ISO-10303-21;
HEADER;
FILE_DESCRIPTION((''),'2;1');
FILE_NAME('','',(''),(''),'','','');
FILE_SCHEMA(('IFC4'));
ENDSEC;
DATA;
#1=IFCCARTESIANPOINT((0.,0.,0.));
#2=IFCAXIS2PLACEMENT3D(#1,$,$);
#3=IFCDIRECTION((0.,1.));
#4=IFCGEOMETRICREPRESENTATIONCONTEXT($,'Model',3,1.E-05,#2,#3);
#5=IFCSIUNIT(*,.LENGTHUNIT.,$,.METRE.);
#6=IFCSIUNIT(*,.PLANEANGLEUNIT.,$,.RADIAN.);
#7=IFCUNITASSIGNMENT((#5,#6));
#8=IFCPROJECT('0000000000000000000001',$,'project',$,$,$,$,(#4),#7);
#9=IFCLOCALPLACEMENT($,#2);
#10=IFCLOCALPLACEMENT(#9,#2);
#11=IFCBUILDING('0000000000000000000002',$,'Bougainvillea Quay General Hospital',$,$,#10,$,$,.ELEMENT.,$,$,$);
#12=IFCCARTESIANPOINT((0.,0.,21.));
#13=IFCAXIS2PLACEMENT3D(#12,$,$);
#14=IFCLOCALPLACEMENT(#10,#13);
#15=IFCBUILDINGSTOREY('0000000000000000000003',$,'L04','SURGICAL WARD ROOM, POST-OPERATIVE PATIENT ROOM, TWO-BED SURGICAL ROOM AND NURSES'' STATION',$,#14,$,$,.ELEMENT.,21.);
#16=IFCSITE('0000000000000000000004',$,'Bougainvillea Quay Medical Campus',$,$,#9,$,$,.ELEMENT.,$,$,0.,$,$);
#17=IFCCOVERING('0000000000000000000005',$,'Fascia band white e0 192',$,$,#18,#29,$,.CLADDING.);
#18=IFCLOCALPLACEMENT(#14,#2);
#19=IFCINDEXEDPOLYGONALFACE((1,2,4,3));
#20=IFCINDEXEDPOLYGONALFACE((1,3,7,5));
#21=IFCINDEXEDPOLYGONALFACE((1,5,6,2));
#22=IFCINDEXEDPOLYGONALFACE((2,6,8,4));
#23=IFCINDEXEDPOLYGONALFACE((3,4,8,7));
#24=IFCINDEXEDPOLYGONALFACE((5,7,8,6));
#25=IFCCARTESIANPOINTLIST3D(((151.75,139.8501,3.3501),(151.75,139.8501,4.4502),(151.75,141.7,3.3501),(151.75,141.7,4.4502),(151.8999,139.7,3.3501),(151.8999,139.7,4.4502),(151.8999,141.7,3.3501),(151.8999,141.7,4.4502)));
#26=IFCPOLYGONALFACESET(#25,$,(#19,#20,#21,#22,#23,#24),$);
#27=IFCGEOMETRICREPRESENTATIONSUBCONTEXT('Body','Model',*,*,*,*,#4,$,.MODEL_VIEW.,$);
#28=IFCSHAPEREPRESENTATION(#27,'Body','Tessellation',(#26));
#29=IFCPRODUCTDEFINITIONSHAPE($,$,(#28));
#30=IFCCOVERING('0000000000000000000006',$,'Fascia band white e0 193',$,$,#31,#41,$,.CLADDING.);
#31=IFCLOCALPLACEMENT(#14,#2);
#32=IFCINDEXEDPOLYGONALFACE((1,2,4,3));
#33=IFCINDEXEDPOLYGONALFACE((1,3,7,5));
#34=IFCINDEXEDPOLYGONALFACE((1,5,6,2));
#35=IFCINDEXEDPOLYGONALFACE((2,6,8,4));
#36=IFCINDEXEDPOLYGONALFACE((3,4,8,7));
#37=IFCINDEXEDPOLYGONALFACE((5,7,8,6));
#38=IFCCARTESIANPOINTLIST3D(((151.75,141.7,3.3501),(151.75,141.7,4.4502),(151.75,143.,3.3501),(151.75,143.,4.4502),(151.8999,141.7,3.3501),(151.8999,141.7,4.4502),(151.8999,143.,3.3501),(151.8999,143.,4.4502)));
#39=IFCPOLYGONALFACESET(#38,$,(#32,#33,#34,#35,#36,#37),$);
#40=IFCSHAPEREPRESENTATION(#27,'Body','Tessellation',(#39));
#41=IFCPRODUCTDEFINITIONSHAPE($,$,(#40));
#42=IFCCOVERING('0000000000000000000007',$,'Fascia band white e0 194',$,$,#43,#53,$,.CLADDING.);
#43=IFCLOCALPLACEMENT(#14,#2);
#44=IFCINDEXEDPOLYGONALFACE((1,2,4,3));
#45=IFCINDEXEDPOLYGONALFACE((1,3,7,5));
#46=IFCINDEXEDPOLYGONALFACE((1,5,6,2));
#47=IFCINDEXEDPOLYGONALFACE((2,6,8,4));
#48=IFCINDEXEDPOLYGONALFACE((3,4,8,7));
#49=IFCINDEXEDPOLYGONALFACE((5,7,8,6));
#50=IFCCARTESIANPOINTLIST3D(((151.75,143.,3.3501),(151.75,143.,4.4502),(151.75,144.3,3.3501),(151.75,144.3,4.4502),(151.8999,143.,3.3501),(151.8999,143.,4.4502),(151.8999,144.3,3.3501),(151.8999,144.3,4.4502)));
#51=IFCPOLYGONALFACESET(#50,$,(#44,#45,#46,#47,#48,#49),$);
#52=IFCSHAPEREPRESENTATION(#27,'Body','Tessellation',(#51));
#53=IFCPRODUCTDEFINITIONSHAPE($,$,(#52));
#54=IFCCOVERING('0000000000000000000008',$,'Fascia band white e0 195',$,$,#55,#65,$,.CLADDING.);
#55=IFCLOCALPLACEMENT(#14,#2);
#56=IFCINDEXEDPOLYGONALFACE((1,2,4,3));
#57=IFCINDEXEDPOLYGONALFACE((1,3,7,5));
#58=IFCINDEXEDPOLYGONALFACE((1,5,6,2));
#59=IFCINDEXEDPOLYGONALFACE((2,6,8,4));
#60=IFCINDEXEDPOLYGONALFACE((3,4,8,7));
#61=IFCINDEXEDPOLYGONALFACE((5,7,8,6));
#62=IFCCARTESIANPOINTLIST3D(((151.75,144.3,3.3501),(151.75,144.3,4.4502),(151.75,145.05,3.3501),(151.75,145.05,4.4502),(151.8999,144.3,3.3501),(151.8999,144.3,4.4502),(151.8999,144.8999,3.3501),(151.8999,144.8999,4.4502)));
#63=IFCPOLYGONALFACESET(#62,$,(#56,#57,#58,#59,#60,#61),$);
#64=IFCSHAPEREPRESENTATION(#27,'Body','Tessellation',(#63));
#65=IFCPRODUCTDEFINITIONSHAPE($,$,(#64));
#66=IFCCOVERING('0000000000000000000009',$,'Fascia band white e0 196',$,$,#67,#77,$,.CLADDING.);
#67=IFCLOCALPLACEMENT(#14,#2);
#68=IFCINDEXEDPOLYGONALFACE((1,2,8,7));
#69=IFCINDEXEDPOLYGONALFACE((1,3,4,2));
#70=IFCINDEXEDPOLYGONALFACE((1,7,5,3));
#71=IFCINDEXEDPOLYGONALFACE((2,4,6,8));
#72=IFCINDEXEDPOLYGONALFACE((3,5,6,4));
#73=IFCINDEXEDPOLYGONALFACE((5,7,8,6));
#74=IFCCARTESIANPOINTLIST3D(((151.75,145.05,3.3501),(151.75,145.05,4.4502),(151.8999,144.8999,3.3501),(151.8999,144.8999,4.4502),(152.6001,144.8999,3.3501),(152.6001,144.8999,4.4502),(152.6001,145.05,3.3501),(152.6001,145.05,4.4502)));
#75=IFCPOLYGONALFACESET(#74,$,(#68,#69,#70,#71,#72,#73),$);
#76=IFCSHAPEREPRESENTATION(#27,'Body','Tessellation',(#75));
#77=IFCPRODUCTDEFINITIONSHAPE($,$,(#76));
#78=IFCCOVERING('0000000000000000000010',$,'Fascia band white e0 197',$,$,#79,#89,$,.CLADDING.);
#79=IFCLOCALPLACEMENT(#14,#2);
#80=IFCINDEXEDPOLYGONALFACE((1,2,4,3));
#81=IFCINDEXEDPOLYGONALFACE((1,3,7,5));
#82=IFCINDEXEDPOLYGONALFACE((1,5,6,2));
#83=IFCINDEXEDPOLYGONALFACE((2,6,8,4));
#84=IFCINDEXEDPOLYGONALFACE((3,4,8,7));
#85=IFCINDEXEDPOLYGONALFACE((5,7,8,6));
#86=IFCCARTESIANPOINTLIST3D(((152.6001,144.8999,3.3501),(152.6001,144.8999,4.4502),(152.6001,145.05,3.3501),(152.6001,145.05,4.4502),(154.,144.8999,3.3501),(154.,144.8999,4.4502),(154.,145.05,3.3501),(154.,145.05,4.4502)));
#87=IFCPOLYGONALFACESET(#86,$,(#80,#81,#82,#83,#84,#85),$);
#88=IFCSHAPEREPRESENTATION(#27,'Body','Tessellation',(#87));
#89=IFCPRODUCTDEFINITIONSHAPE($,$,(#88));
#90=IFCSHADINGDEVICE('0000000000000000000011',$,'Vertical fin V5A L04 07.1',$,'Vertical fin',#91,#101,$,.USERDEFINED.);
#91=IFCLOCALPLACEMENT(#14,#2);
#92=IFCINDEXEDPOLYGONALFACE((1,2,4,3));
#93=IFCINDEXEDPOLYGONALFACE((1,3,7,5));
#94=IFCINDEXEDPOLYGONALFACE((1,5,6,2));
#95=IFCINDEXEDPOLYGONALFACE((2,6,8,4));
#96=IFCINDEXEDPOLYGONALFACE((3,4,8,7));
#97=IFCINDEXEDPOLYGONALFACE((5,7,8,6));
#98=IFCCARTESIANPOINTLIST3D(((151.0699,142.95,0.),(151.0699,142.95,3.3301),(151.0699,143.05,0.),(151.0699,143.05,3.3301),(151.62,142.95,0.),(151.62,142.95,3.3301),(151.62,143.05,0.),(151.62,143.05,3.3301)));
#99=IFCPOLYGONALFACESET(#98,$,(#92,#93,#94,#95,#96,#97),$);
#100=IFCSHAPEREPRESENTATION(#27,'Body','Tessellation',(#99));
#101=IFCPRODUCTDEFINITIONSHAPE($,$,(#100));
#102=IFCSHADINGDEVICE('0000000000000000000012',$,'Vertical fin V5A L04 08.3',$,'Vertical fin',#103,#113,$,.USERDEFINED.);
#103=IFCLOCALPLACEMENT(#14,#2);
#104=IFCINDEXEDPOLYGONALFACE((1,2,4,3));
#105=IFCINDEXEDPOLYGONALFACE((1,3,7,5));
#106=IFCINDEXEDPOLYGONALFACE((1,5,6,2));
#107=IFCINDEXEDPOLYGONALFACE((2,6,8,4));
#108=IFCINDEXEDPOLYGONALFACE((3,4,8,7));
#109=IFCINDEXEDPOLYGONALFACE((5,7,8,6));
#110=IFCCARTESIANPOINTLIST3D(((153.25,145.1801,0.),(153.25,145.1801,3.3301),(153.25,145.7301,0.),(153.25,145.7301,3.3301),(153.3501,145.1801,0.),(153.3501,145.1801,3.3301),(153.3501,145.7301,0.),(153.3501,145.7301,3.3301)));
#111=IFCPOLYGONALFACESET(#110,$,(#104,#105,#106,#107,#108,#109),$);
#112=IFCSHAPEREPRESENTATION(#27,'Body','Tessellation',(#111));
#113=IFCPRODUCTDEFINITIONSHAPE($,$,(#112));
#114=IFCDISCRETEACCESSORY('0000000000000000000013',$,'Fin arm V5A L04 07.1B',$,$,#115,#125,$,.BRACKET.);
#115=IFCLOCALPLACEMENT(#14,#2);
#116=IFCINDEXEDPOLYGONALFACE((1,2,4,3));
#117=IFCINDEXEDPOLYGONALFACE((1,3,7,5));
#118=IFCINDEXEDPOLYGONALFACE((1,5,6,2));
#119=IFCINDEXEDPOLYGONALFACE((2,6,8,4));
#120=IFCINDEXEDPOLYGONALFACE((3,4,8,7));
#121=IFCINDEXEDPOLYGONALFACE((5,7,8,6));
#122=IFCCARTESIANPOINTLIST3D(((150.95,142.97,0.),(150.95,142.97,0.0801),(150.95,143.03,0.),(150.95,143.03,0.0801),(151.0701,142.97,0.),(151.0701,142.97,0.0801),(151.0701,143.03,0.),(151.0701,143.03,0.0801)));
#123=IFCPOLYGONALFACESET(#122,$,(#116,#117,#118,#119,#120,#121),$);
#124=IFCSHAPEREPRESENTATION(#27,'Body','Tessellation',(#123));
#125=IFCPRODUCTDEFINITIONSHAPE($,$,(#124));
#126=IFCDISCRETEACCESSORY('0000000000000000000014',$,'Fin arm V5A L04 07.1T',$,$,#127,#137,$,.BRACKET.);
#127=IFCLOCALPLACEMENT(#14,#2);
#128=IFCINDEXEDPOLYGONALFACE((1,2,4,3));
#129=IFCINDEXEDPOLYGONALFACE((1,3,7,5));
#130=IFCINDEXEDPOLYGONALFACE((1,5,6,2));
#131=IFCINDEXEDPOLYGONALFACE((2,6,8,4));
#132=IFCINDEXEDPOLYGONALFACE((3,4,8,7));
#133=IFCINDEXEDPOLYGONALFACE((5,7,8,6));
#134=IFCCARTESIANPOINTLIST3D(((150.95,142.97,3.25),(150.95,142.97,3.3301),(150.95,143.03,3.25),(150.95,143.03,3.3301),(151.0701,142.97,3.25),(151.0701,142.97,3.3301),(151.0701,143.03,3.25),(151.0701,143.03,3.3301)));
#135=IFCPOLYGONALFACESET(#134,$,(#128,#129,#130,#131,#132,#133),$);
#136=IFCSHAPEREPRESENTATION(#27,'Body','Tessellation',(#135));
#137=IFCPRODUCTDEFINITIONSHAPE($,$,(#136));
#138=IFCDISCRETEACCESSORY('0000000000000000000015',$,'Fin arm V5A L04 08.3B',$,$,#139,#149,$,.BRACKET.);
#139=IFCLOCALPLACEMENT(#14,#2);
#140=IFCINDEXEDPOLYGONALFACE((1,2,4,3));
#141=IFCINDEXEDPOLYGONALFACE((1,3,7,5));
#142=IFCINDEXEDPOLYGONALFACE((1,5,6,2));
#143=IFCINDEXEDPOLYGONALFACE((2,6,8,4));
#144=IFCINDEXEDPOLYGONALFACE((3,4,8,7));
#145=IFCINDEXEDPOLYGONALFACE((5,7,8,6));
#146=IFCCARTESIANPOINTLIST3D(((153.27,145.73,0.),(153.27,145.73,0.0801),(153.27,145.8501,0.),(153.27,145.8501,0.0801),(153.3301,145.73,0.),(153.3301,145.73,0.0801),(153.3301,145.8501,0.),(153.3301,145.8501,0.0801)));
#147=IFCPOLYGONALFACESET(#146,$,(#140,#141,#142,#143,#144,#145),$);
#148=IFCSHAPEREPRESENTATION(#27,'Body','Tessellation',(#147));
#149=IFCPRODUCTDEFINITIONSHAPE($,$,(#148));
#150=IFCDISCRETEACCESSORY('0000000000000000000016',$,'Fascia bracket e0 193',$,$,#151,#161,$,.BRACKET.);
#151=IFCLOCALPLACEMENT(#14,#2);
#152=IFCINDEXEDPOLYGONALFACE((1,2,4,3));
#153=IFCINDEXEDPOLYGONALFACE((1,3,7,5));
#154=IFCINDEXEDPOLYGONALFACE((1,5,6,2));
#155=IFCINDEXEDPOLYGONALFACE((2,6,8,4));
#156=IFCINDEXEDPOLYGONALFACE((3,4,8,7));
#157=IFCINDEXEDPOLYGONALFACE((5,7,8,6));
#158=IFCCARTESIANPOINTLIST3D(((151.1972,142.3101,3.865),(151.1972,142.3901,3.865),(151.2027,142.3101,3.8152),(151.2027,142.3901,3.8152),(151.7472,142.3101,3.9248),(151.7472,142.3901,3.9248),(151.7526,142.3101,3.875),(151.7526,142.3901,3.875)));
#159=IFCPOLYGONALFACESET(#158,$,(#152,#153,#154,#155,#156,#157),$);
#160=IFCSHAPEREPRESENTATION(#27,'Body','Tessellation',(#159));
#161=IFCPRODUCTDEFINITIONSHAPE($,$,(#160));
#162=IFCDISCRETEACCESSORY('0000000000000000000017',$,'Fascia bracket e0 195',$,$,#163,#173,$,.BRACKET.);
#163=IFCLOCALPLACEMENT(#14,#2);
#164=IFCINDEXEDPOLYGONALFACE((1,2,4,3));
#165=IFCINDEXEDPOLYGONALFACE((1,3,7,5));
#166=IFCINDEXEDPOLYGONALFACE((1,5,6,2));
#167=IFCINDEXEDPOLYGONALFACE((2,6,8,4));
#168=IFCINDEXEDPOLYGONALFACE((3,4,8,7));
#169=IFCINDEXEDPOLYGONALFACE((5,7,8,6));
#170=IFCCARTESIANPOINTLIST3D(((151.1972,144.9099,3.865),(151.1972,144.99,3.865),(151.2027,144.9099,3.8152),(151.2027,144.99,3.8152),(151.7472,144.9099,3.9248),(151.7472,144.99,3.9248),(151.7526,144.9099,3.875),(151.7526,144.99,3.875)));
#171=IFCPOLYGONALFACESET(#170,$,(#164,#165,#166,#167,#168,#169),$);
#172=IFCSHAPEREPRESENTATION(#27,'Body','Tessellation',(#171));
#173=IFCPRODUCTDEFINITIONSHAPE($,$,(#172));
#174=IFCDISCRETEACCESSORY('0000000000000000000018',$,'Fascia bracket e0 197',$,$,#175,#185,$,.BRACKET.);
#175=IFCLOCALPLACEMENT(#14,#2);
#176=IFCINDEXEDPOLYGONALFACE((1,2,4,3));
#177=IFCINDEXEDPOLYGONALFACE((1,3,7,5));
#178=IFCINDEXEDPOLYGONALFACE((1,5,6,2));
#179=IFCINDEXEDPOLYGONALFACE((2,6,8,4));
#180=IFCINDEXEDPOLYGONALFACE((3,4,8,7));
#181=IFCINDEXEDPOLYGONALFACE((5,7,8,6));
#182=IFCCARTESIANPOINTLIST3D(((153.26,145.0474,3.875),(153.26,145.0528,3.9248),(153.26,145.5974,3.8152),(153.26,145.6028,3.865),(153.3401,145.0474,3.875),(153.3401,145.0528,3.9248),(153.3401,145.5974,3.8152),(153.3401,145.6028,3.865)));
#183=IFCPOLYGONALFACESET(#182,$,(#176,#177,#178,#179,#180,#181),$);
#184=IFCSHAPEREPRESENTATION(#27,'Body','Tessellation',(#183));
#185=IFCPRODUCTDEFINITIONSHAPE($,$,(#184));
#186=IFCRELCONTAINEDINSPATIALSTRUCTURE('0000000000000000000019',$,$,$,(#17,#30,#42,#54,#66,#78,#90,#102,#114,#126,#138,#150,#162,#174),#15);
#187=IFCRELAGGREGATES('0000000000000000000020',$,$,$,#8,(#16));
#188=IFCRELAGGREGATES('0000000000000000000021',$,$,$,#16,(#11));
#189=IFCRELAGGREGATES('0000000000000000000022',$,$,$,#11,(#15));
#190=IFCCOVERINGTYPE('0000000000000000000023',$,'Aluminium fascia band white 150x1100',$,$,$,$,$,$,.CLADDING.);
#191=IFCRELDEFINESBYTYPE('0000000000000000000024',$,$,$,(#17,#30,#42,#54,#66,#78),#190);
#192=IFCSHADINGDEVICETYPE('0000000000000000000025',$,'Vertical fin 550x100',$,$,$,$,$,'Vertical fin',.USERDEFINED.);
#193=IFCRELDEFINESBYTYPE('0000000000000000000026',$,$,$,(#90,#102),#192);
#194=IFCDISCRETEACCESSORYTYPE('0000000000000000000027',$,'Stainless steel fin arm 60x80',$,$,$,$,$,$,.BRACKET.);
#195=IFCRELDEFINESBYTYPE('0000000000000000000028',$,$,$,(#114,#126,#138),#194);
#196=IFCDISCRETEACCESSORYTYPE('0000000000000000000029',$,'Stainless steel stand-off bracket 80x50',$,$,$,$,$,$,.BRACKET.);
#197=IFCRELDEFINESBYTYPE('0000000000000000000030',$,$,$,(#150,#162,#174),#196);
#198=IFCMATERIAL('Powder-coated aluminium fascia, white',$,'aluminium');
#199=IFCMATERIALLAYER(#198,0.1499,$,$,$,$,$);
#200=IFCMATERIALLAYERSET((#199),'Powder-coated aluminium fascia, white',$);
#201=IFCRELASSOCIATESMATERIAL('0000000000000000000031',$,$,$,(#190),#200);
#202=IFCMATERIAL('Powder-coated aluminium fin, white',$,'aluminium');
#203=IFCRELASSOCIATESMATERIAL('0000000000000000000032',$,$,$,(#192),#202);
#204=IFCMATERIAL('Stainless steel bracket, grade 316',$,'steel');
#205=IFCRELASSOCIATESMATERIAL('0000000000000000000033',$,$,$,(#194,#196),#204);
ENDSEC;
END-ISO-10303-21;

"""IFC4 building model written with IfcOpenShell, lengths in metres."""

from ifc_helpers import new_model, si_unit, direction, frame, origin, origin_2d, place, context, subcontext, project, spatial, polyline, rectangle, outline, extrude, material, layer, layer_set, material_profile, profile_set, type_object, element, save


model = new_model("IFC4")

# Units and contexts
model_context = context("Model", 3, precision=1e-05, world=origin(), true_north=direction((0.0, 1.0)))
body_context = subcontext(model_context, "Body", "Model", "MODEL_VIEW")
ifc_project = project(units=[si_unit("LENGTHUNIT", "METRE"), si_unit("PLANEANGLEUNIT", "RADIAN")], contexts=[model_context])

# Site, building, storey
site_placement = place(None, origin())
site = spatial("IfcSite", under=ifc_project, at=site_placement, Name="Bougainvillea Quay Medical Campus", CompositionType="ELEMENT", RefElevation=0.0)
building_placement = place(site_placement, origin())
building = spatial("IfcBuilding", under=site, at=building_placement, Name="Bougainvillea Quay General Hospital", CompositionType="ELEMENT")
storey_placement = place(building_placement, frame((0.0, 0.0, 21.0)))
storey = spatial("IfcBuildingStorey", under=building, at=storey_placement, Name="L04", Description="SURGICAL WARD ROOM, POST-OPERATIVE PATIENT ROOM, TWO-BED SURGICAL ROOM AND NURSES' STATION", CompositionType="ELEMENT", Elevation=21.0)

# Coverings
ifc_material_1 = material(Name="Powder-coated aluminium fascia, white", Category="aluminium")
ifc_layer_1 = layer(ifc_material_1, 0.1499)
ifc_layer_set_1 = layer_set([ifc_layer_1], Name="Powder-coated aluminium fascia, white")
covering_type = type_object("IfcCoveringType", Name="Aluminium fascia band white 150x1100", PredefinedType="CLADDING", material=ifc_layer_set_1)
covering_1_placement = place(storey_placement, frame((151.75, 139.8501, 3.3501), z_axis=(0.0, 0.0, 1.0), x_axis=(0.0, 1.0, 0.0)))
element("IfcCovering", 1, at=covering_1_placement, inside=storey, type_object=covering_type, Name="Fascia band white e0 192", PredefinedType="CLADDING", context=body_context, shape_type="SweptSolid", body=[
    extrude(outline(polyline([(0.0, 0.0), (1.8499, 0.0), (1.8499, -0.1499), (-0.1501, -0.1499), (0.0, 0.0)])), origin(), (0.0, 0.0, 1.0), 1.1001),
])
for number, where, z_axis, x_axis, name in (
    (2, (151.75, 141.7, 3.3501), (0.0, 0.0, 1.0), (0.0, 1.0, 0.0), "Fascia band white e0 193"),
    (3, (151.75, 143.0, 3.3501), (0.0, 0.0, 1.0), (0.0, 1.0, 0.0), "Fascia band white e0 194"),
):
    element("IfcCovering", number, at=place(storey_placement, frame(where, z_axis=z_axis, x_axis=x_axis)), inside=storey, type_object=covering_type, Name=name, PredefinedType="CLADDING", context=body_context, shape_type="SweptSolid", body=[
        extrude(outline(polyline([(0.0, 0.0), (1.3, 0.0), (1.3, -0.1499), (0.0, -0.1499), (0.0, 0.0)])), origin(), (0.0, 0.0, 1.0), 1.1001),
    ])
covering_2_placement = place(storey_placement, frame((151.75, 144.3, 3.3501), z_axis=(0.0, 0.0, 1.0), x_axis=(0.0, 1.0, 0.0)))
element("IfcCovering", 4, at=covering_2_placement, inside=storey, type_object=covering_type, Name="Fascia band white e0 195", PredefinedType="CLADDING", context=body_context, shape_type="SweptSolid", body=[
    extrude(outline(polyline([(0.0, 0.0), (0.75, 0.0), (0.5999, -0.1499), (0.0, -0.1499), (0.0, 0.0)])), origin(), (0.0, 0.0, 1.0), 1.1001),
])
covering_3_placement = place(storey_placement, frame((151.75, 145.05, 3.3501), z_axis=(0.0, 0.0, 1.0), x_axis=(1.0, 0.0, 0.0)))
element("IfcCovering", 5, at=covering_3_placement, inside=storey, type_object=covering_type, Name="Fascia band white e0 196", PredefinedType="CLADDING", context=body_context, shape_type="SweptSolid", body=[
    extrude(outline(polyline([(0.0, 0.0), (0.8501, 0.0), (0.8501, -0.1501), (0.1499, -0.1501), (0.0, 0.0)])), origin(), (0.0, 0.0, 1.0), 1.1001),
])
covering_4_placement = place(storey_placement, frame((152.6001, 145.05, 3.3501), z_axis=(0.0, 0.0, 1.0), x_axis=(1.0, 0.0, 0.0)))
element("IfcCovering", 6, at=covering_4_placement, inside=storey, type_object=covering_type, Name="Fascia band white e0 197", PredefinedType="CLADDING", context=body_context, shape_type="SweptSolid", body=[
    extrude(outline(polyline([(0.0, 0.0), (1.3999, 0.0), (1.3999, -0.1501), (0.0, -0.1501), (0.0, 0.0)])), origin(), (0.0, 0.0, 1.0), 1.1001),
])

# Shading devices
ifc_material_2 = material(Name="Powder-coated aluminium fin, white", Category="aluminium")
ifc_material_profile_1 = material_profile(ifc_material_2, rectangle(XDim=0.55, YDim=0.1001, at=origin_2d()))
ifc_profile_set_1 = profile_set([ifc_material_profile_1], Name="Powder-coated aluminium fin, white")
shading_device_type = type_object("IfcShadingDeviceType", Name="Vertical fin 550x100", ElementType="Vertical fin", PredefinedType="USERDEFINED", material=ifc_profile_set_1)
for number, where, z_axis, x_axis, name in (
    (7, (151.345, 143.0, 0.0), (0.0, 0.0, 1.0), (1.0, 0.0, 0.0), "Vertical fin V5A L04 07.1"),
    (8, (153.3, 145.4551, 0.0), (0.0, 0.0, 1.0), (0.0, -1.0, 0.0), "Vertical fin V5A L04 08.3"),
):
    element("IfcShadingDevice", number, at=place(storey_placement, frame(where, z_axis=z_axis, x_axis=x_axis)), inside=storey, type_object=shading_device_type, Name=name, ObjectType="Vertical fin", PredefinedType="USERDEFINED", context=body_context, shape_type="SweptSolid", body=[
        extrude(rectangle(XDim=0.55, YDim=0.1001, at=origin_2d()), origin(), (0.0, 0.0, 1.0), 3.3301),
    ])

# Discrete accessories
ifc_material_3 = material(Name="Stainless steel bracket, grade 316", Category="steel")
discrete_accessory_type_1 = type_object("IfcDiscreteAccessoryType", Name="Stainless steel fin arm 60x80", PredefinedType="BRACKET", material=ifc_material_3)
for number, where, z_axis, x_axis, name in (
    (9, (151.01, 143.0, 0.0), (0.0, 0.0, 1.0), (1.0, 0.0, 0.0), "Fin arm V5A L04 07.1B"),
    (10, (151.01, 143.0, 3.25), (0.0, 0.0, 1.0), (1.0, 0.0, 0.0), "Fin arm V5A L04 07.1T"),
    (11, (153.3, 145.79, 0.0), (0.0, 0.0, 1.0), (0.0, -1.0, 0.0), "Fin arm V5A L04 08.3B"),
):
    element("IfcDiscreteAccessory", number, at=place(storey_placement, frame(where, z_axis=z_axis, x_axis=x_axis)), inside=storey, type_object=discrete_accessory_type_1, Name=name, PredefinedType="BRACKET", context=body_context, shape_type="SweptSolid", body=[
        extrude(rectangle(XDim=0.1201, YDim=0.0601, at=origin_2d()), origin(), (0.0, 0.0, 1.0), 0.0801),
    ])
ifc_material_profile_2 = material_profile(ifc_material_3, rectangle(XDim=0.0801, YDim=0.05, at=origin_2d()))
ifc_profile_set_2 = profile_set([ifc_material_profile_2], Name="Stainless steel bracket, grade 316")
discrete_accessory_type_2 = type_object("IfcDiscreteAccessoryType", Name="Stainless steel stand-off bracket 80x50", PredefinedType="BRACKET", material=ifc_profile_set_2)
for number, where, z_axis, x_axis, name in (
    (12, (151.2, 142.3501, 3.8401), (0.994139, 0.0, 0.108107), (0.0, 1.0, 0.0), "Fascia bracket e0 193"),
    (13, (151.2, 144.95, 3.8401), (0.994139, 0.0, 0.108107), (0.0, 1.0, 0.0), "Fascia bracket e0 195"),
    (14, (153.3, 145.6001, 3.8401), (0.0, -0.994139, 0.108107), (1.0, 0.0, 0.0), "Fascia bracket e0 197"),
):
    element("IfcDiscreteAccessory", number, at=place(storey_placement, frame(where, z_axis=z_axis, x_axis=x_axis)), inside=storey, type_object=discrete_accessory_type_2, Name=name, PredefinedType="BRACKET", context=body_context, shape_type="SweptSolid", body=[
        extrude(rectangle(XDim=0.0801, YDim=0.05, at=origin_2d()), origin(), (0.0, 0.0, 1.0), 0.5532),
    ])

save(model, "model.ifc")
